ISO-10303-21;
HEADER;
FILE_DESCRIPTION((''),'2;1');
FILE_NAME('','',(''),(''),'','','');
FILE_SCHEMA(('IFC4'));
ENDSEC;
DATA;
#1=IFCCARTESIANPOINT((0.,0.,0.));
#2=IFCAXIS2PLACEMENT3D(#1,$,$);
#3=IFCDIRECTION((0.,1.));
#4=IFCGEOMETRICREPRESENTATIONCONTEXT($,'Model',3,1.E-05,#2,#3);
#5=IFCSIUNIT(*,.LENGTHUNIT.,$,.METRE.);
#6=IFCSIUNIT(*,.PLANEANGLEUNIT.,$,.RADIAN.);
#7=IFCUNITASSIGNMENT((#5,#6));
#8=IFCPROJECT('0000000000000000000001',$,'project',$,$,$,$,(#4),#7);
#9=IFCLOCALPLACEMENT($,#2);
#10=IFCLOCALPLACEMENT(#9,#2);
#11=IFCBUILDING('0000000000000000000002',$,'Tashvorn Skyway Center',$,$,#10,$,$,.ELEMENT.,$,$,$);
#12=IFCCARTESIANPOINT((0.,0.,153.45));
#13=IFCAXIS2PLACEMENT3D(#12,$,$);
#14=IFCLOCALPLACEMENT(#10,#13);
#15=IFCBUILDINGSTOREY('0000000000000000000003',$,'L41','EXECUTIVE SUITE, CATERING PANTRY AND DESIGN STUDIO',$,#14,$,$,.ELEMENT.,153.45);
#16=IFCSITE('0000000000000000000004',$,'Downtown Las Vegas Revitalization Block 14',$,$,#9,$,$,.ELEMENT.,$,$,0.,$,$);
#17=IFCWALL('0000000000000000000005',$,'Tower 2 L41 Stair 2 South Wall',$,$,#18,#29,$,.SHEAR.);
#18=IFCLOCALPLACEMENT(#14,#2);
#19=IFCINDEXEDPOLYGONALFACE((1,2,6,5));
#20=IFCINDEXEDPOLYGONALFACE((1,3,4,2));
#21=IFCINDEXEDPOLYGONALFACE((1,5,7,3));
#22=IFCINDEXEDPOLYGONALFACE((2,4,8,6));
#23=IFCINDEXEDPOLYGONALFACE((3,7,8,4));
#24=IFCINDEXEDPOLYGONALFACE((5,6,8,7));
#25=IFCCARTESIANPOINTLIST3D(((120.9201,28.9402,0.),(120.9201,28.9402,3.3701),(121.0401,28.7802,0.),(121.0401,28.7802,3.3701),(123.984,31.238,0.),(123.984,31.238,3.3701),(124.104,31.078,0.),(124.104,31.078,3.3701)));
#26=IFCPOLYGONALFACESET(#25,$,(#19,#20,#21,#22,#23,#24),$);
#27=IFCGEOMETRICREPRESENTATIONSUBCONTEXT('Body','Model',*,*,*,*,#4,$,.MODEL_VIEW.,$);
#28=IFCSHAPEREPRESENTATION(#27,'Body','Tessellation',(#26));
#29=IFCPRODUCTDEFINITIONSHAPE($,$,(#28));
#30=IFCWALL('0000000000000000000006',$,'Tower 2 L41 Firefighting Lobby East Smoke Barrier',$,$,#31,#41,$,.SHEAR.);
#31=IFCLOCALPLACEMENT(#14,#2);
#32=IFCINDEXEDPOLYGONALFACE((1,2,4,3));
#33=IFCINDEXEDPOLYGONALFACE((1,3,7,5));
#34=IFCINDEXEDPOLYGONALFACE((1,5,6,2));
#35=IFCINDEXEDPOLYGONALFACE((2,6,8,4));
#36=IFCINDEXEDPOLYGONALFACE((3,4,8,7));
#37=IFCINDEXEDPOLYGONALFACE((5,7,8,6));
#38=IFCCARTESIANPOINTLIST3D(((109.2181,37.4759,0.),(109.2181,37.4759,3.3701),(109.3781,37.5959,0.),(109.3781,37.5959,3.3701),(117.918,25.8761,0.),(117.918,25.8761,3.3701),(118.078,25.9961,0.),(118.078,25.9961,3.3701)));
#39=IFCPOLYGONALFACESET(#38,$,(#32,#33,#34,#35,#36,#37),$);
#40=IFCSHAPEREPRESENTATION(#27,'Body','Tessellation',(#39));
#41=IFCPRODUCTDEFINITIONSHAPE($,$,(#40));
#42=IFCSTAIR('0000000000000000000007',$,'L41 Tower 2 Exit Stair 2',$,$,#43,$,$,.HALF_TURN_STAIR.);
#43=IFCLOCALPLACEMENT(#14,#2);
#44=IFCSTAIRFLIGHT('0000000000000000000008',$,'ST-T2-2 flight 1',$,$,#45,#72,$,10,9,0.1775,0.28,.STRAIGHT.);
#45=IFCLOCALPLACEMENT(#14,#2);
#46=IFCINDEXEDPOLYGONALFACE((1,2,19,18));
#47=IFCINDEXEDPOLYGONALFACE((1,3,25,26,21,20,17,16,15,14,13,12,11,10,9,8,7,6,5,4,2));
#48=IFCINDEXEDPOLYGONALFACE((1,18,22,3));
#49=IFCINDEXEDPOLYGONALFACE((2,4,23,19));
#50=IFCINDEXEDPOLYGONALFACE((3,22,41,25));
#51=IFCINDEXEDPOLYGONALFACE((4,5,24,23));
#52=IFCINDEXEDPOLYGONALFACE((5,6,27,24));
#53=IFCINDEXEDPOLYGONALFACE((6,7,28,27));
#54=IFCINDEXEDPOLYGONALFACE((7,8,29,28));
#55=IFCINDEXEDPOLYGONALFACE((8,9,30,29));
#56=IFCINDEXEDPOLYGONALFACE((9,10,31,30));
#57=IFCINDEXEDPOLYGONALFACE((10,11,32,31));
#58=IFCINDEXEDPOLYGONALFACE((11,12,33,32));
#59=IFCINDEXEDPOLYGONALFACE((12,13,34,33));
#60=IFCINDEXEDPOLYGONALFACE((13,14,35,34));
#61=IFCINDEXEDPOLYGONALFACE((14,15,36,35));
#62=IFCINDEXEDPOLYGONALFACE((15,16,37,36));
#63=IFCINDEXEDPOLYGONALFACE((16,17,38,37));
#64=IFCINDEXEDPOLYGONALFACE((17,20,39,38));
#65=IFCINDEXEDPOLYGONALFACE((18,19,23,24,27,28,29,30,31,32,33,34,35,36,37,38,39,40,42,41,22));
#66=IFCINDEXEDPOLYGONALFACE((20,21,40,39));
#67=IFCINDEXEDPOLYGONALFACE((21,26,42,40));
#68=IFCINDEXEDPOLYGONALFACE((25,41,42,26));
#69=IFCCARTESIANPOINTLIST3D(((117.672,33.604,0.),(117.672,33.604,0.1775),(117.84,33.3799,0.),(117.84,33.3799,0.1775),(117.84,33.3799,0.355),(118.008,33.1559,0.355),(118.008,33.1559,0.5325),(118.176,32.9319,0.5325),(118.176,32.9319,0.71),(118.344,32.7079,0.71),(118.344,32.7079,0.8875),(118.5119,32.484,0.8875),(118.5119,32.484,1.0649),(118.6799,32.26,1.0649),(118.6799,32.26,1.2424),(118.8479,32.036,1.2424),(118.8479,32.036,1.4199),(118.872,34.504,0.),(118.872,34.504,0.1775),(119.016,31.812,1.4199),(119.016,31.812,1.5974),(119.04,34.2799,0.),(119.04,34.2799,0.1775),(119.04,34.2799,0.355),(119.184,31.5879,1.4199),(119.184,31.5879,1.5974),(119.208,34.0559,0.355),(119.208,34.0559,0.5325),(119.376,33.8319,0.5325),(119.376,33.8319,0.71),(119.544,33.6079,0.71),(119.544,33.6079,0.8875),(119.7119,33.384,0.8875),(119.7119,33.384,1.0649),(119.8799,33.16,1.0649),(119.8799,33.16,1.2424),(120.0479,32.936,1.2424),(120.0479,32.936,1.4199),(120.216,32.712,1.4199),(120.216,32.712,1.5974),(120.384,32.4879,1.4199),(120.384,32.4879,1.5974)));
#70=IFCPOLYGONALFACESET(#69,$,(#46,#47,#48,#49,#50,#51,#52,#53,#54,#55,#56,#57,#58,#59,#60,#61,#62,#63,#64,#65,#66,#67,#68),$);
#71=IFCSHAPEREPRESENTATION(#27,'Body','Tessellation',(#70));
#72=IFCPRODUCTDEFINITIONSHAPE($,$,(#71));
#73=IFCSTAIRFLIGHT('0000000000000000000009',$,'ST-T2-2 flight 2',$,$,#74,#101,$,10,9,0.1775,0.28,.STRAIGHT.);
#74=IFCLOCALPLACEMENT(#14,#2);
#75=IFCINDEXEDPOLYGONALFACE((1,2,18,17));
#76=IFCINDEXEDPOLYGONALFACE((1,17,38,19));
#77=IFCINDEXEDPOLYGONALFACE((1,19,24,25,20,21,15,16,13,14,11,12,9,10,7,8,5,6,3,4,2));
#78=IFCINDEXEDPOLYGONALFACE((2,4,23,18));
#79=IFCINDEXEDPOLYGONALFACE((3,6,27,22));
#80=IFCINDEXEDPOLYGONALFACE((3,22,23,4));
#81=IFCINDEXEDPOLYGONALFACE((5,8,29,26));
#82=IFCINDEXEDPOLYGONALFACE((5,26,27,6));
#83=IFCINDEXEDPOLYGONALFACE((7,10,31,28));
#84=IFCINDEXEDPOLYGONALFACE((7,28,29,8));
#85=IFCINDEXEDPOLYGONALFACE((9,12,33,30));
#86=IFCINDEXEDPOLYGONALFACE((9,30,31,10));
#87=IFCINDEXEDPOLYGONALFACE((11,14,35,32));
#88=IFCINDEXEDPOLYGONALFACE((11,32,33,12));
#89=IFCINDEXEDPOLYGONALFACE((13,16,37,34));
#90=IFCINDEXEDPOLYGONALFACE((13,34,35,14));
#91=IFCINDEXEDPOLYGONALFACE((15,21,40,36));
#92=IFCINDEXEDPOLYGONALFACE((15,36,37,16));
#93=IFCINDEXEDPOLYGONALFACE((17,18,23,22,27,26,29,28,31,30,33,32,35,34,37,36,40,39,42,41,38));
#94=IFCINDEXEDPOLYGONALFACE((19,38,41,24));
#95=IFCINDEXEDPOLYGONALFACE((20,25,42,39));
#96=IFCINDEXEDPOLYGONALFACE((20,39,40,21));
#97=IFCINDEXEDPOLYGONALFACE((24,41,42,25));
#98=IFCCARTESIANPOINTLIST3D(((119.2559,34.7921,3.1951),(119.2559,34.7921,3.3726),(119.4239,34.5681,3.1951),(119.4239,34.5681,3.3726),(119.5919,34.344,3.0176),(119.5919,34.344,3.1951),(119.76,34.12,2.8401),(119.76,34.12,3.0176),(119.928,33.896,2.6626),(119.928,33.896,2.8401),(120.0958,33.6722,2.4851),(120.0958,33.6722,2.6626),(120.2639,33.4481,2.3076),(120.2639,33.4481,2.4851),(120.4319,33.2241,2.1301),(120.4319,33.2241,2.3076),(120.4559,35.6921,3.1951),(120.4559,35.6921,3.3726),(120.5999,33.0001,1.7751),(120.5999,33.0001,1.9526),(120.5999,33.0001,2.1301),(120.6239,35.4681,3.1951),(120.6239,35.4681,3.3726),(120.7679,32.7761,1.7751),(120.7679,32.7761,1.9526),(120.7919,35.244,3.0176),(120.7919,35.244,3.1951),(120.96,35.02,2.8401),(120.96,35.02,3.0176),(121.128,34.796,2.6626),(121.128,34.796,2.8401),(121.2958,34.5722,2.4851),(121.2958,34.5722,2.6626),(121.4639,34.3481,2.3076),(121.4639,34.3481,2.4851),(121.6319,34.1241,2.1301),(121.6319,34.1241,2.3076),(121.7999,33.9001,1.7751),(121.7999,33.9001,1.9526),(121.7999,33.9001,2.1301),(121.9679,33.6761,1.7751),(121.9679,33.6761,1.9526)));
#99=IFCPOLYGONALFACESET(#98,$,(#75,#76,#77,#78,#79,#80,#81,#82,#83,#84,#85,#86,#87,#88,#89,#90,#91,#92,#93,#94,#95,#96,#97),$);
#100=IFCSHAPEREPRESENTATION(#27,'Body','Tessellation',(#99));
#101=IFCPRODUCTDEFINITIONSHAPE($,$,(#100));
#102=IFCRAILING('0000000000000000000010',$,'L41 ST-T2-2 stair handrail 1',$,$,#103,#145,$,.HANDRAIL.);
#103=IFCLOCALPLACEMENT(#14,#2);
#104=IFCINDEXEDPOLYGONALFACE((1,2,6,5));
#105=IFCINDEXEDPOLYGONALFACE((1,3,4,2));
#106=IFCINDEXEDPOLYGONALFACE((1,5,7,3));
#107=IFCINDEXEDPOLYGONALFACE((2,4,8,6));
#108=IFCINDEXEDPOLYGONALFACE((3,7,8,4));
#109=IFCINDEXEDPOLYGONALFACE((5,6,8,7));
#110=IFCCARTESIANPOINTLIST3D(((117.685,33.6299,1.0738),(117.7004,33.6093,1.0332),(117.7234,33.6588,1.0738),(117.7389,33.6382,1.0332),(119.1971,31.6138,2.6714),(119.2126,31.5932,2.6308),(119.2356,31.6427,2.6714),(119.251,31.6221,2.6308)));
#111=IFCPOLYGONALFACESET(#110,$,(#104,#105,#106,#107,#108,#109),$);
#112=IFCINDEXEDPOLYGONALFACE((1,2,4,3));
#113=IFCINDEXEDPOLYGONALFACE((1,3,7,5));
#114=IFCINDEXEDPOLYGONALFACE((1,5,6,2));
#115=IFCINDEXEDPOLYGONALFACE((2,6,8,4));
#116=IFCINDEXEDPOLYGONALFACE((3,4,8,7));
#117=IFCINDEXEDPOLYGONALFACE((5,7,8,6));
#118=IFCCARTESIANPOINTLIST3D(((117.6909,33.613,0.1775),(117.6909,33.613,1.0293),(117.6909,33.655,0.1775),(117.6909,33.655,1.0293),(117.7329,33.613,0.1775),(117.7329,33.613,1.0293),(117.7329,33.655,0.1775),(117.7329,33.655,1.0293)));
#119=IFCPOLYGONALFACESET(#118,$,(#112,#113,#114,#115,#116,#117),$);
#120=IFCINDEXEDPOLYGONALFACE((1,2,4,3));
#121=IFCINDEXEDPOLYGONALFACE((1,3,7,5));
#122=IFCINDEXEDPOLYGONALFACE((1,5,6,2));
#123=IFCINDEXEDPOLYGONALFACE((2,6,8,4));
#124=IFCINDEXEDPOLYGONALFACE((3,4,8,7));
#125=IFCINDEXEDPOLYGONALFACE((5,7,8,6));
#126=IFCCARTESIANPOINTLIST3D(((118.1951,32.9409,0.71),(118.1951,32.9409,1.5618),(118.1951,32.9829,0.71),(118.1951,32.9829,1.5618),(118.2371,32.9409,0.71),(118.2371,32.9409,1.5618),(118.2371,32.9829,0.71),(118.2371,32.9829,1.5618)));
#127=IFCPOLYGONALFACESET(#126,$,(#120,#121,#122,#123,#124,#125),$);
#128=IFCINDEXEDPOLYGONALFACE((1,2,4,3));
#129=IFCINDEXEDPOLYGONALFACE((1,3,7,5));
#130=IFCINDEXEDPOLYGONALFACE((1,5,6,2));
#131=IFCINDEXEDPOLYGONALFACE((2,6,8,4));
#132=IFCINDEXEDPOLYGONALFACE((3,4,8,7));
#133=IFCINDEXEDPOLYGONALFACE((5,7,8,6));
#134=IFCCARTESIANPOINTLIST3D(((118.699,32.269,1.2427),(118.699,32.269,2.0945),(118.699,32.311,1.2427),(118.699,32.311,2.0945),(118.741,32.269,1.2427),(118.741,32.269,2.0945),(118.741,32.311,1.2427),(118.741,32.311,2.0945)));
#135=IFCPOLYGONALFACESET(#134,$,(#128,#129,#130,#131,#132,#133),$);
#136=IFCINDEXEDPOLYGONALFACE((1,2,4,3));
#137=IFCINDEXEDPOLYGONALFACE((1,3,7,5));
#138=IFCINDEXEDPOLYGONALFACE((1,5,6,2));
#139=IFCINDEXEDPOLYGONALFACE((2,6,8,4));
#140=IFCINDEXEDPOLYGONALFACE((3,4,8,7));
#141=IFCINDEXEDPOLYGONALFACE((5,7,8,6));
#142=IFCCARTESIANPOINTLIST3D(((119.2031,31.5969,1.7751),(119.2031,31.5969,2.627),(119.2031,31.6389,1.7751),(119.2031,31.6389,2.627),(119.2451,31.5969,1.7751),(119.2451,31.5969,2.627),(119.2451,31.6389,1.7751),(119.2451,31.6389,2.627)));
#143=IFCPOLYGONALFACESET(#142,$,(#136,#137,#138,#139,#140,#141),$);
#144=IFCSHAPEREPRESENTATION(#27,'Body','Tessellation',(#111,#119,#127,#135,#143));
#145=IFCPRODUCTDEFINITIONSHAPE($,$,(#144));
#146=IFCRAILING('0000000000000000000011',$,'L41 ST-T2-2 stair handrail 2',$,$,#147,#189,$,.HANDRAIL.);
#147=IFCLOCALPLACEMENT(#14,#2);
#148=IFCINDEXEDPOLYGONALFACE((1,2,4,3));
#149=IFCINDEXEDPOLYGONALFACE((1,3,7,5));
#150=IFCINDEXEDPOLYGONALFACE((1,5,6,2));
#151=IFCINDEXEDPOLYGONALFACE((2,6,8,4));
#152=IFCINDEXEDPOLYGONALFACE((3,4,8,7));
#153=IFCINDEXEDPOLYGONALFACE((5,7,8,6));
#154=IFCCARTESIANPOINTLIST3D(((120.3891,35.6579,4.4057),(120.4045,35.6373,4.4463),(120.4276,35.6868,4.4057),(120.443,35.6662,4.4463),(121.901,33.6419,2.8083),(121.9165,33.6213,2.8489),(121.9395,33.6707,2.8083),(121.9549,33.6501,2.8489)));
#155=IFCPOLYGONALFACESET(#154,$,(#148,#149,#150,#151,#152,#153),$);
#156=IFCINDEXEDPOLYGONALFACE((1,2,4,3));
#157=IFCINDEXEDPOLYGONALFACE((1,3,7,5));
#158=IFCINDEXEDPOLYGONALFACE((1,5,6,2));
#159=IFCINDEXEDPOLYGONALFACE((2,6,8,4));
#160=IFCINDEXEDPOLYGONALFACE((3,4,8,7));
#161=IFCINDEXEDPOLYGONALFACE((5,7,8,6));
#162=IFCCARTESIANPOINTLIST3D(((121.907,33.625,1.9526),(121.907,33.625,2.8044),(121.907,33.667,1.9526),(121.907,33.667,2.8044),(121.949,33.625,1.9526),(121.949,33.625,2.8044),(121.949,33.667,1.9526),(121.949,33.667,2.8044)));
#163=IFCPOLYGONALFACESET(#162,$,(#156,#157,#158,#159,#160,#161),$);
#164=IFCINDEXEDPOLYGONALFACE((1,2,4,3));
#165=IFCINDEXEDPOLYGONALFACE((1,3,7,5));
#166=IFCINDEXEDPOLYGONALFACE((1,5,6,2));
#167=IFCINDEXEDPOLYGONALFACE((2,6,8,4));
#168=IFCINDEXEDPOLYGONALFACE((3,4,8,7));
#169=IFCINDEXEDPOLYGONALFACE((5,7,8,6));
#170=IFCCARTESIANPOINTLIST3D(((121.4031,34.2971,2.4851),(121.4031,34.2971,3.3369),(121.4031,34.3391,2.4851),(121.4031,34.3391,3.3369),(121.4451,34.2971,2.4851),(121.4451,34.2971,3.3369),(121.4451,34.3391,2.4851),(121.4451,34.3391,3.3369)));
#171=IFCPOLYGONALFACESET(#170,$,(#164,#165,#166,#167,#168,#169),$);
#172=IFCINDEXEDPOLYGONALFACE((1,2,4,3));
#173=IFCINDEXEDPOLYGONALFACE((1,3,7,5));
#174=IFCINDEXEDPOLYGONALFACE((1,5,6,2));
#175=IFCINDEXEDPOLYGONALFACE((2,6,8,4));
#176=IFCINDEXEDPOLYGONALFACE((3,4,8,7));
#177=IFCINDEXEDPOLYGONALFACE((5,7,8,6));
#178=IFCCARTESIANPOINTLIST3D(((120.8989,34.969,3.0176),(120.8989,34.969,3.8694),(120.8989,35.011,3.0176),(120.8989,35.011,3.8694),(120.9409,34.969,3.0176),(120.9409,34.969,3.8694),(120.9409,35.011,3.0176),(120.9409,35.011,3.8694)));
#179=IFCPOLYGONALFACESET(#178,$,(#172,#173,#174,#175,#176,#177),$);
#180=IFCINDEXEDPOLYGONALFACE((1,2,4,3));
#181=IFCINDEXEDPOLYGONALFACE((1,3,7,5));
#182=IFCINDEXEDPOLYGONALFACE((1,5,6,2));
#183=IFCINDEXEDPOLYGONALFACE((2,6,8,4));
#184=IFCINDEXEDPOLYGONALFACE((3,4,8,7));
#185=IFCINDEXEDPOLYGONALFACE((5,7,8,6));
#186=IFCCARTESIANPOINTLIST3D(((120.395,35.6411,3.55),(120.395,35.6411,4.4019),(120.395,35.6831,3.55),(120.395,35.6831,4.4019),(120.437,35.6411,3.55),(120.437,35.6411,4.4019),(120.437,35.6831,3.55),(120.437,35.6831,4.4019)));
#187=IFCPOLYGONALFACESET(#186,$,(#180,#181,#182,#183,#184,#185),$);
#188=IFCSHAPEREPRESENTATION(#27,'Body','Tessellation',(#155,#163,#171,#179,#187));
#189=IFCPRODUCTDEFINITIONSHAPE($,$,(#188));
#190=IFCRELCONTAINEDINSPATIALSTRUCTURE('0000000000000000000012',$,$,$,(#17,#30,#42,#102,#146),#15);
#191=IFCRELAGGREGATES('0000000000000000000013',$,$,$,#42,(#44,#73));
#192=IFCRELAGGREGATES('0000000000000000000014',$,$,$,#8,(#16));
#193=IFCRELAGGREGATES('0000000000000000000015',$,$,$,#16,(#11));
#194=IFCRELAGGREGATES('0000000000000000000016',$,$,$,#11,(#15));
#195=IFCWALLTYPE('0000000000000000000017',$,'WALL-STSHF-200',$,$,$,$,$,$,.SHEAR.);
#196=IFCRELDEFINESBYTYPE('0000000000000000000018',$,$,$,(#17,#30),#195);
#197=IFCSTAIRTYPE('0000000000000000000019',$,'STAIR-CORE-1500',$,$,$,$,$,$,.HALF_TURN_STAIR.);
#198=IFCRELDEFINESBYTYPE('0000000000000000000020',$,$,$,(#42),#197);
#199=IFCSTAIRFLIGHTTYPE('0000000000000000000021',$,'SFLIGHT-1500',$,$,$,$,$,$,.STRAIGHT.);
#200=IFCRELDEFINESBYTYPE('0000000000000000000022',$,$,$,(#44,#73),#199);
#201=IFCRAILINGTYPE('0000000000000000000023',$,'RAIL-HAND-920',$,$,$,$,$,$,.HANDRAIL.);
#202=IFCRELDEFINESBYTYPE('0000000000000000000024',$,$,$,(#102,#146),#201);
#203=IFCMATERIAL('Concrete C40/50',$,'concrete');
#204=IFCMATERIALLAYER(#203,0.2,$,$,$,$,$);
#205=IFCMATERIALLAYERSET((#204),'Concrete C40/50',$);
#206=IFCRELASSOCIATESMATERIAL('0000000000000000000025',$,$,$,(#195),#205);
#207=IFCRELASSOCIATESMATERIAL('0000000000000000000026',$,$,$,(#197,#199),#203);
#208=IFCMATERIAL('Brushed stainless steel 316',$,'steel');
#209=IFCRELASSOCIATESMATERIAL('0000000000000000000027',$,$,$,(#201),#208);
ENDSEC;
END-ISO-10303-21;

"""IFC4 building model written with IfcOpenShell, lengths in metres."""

from ifc_helpers import new_model, si_unit, direction, frame, frame_2d, origin, origin_2d, place, context, subcontext, project, spatial, polyline, rectangle, outline, extrude, material, layer, layer_set, type_object, element, aggregate, save


model = new_model("IFC4")

# Units and contexts
model_context = context("Model", 3, precision=1e-05, world=origin(), true_north=direction((0.0, 1.0)))
body_context = subcontext(model_context, "Body", "Model", "MODEL_VIEW")
ifc_project = project(units=[si_unit("LENGTHUNIT", "METRE"), si_unit("PLANEANGLEUNIT", "RADIAN")], contexts=[model_context])

# Site, building, storey
site_placement = place(None, origin())
site = spatial("IfcSite", under=ifc_project, at=site_placement, Name="Downtown Las Vegas Revitalization Block 14", CompositionType="ELEMENT", RefElevation=0.0)
building_placement = place(site_placement, origin())
building = spatial("IfcBuilding", under=site, at=building_placement, Name="Tashvorn Skyway Center", CompositionType="ELEMENT")
storey_placement = place(building_placement, frame((0.0, 0.0, 153.45)))
storey = spatial("IfcBuildingStorey", under=building, at=storey_placement, Name="L41", Description="EXECUTIVE SUITE, CATERING PANTRY AND DESIGN STUDIO", CompositionType="ELEMENT", Elevation=153.45)

# Shared definitions
ifc_material_1 = material(Name="Concrete C40/50", Category="concrete")

# Walls
ifc_layer_1 = layer(ifc_material_1, 0.2)
ifc_layer_set_1 = layer_set([ifc_layer_1], Name="Concrete C40/50")
wall_type_1 = type_object("IfcWallType", Name="WALL-STSHF-200", PredefinedType="SHEAR", material=ifc_layer_set_1)
wall_1_placement = place(storey_placement, frame((120.98, 28.8601, 0.0), z_axis=(0.0, 0.0, 1.0), x_axis=(0.800015, 0.59998, 0.0)))
element("IfcWall", 1, at=wall_1_placement, inside=storey, type_object=wall_type_1, Name="Tower 2 L41 Stair 2 South Wall", PredefinedType="SHEAR", context=body_context, shape_type="SweptSolid", body=[
    extrude(rectangle(XDim=3.8298, YDim=0.2, at=frame_2d((1.915, 0.0))), origin(), (0.0, 0.0, 1.0), 3.3701),
])
wall_2_placement = place(storey_placement, frame((117.998, 25.936, 0.0), z_axis=(0.0, 0.0, 1.0), x_axis=(-0.600003, 0.799998, 0.0)))
element("IfcWall", 2, at=wall_2_placement, inside=storey, type_object=wall_type_1, Name="Tower 2 L41 Firefighting Lobby East Smoke Barrier", PredefinedType="SHEAR", context=body_context, shape_type="SweptSolid", body=[
    extrude(rectangle(XDim=14.4998, YDim=0.2, at=frame_2d((7.25, 0.0))), origin(), (0.0, 0.0, 1.0), 3.3701),
])

# Stair, stair flights
stair_type = type_object("IfcStairType", Name="STAIR-CORE-1500", PredefinedType="HALF_TURN_STAIR", material=ifc_material_1)
stair_placement = place(storey_placement, origin())
stair = element("IfcStair", 3, at=stair_placement, inside=storey, type_object=stair_type, Name="L41 Tower 2 Exit Stair 2", PredefinedType="HALF_TURN_STAIR")
stair_flight_type = type_object("IfcStairFlightType", Name="SFLIGHT-1500", PredefinedType="STRAIGHT", material=ifc_material_1)
stair_flight_1_placement = place(storey_placement, frame((118.272, 34.054, 0.0), z_axis=(0.0, 0.0, 1.0), x_axis=(0.6, -0.8, 0.0)))
stair_flight_1 = element("IfcStairFlight", 4, at=stair_flight_1_placement, type_object=stair_flight_type, Name="ST-T2-2 flight 1", NumberOfRisers=10, NumberOfTreads=9, PredefinedType="STRAIGHT", RiserHeight=0.1775, TreadLength=0.28, context=body_context, shape_type="SweptSolid", body=[
    extrude(outline(polyline([(0.0, 0.0), (0.0, 0.1775), (0.28, 0.1775), (0.28, 0.355), (0.5601, 0.355), (0.5601, 0.5325), (0.8401, 0.5325), (0.8401, 0.71), (1.1201, 0.71), (1.1201, 0.8875), (1.3999, 0.8875), (1.3999, 1.0649), (1.6799, 1.0649), (1.6799, 1.2424), (1.96, 1.2424), (1.96, 1.4199), (2.24, 1.4199), (2.24, 1.5974), (2.52, 1.5974), (2.52, 1.7749), (2.52, 1.4199), (0.28, 0.0), (0.0, 0.0)])), frame((0.0, 0.75, 0.0), z_axis=(0.0, -1.0, 0.0), x_axis=(1.0, 0.0, 0.0)), (0.0, 0.0, 1.0), 1.5),
])
stair_flight_2_placement = place(storey_placement, frame((121.3679, 33.2261, 1.7751), z_axis=(0.0, 0.0, 1.0), x_axis=(-0.6, 0.8, 0.0)))
stair_flight_2 = element("IfcStairFlight", 5, at=stair_flight_2_placement, type_object=stair_flight_type, Name="ST-T2-2 flight 2", NumberOfRisers=10, NumberOfTreads=9, PredefinedType="STRAIGHT", RiserHeight=0.1775, TreadLength=0.28, context=body_context, shape_type="SweptSolid", body=[
    extrude(outline(polyline([(0.0, 0.0), (0.0, 0.1775), (0.28, 0.1775), (0.28, 0.355), (0.5601, 0.355), (0.5601, 0.5325), (0.8401, 0.5325), (0.8401, 0.71), (1.1201, 0.71), (1.1201, 0.8875), (1.3999, 0.8875), (1.3999, 1.0649), (1.6799, 1.0649), (1.6799, 1.2424), (1.96, 1.2424), (1.96, 1.4199), (2.24, 1.4199), (2.24, 1.5974), (2.52, 1.5974), (2.52, 1.7749), (2.52, 1.4199), (0.28, 0.0), (0.0, 0.0)])), frame((0.0, 0.75, 0.0), z_axis=(0.0, -1.0, 0.0), x_axis=(1.0, 0.0, 0.0)), (0.0, 0.0, 1.0), 1.5),
])
aggregate(stair, [stair_flight_1, stair_flight_2])

# Railings
ifc_material_2 = material(Name="Brushed stainless steel 316", Category="steel")
railing_type_1 = type_object("IfcRailingType", Name="RAIL-HAND-920", PredefinedType="HANDRAIL", material=ifc_material_2)
railing_1_placement = place(storey_placement, frame((117.7119, 33.634, 0.1775)))
element("IfcRailing", 6, at=railing_1_placement, inside=storey, type_object=railing_type_1, Name="L41 ST-T2-2 stair handrail 1", PredefinedType="HANDRAIL", context=body_context, shape_type="SweptSolid", body=[
    extrude(rectangle(XDim=0.0481, YDim=0.0481, at=origin_2d()), frame((0.0, 0.0, 0.876), z_axis=(0.506779, -0.675651, 0.535416), x_axis=(0.799977, 0.600031, 0.0)), (0.0, 0.0, 1.0), 2.9839),
    extrude(rectangle(XDim=0.042, YDim=0.042, at=origin_2d()), origin(), (0.0, 0.0, 1.0), 0.8518),
    extrude(rectangle(XDim=0.042, YDim=0.042, at=origin_2d()), frame((0.5042, -0.6721, 0.5325)), (0.0, 0.0, 1.0), 0.8518),
    extrude(rectangle(XDim=0.042, YDim=0.042, at=origin_2d()), frame((1.0081, -1.344, 1.0652)), (0.0, 0.0, 1.0), 0.8518),
    extrude(rectangle(XDim=0.042, YDim=0.042, at=origin_2d()), frame((1.5122, -2.0161, 1.5977)), (0.0, 0.0, 1.0), 0.8518),
])
railing_2_placement = place(storey_placement, frame((121.928, 33.646, 1.9526)))
element("IfcRailing", 7, at=railing_2_placement, inside=storey, type_object=railing_type_1, Name="L41 ST-T2-2 stair handrail 2", PredefinedType="HANDRAIL", context=body_context, shape_type="SweptSolid", body=[
    extrude(rectangle(XDim=0.0481, YDim=0.0481, at=origin_2d()), frame((0.0, 0.0, 0.876), z_axis=(-0.506741, 0.675709, 0.535379), x_axis=(-0.800023, -0.599969, 0.0)), (0.0, 0.0, 1.0), 2.9836),
    extrude(rectangle(XDim=0.042, YDim=0.042, at=origin_2d()), origin(), (0.0, 0.0, 1.0), 0.8518),
    extrude(rectangle(XDim=0.042, YDim=0.042, at=origin_2d()), frame((-0.5039, 0.6721, 0.5325)), (0.0, 0.0, 1.0), 0.8518),
    extrude(rectangle(XDim=0.042, YDim=0.042, at=origin_2d()), frame((-1.0081, 1.344, 1.0649)), (0.0, 0.0, 1.0), 0.8518),
    extrude(rectangle(XDim=0.042, YDim=0.042, at=origin_2d()), frame((-1.512, 2.0161, 1.5974)), (0.0, 0.0, 1.0), 0.8518),
])

save(model, "model.ifc")
